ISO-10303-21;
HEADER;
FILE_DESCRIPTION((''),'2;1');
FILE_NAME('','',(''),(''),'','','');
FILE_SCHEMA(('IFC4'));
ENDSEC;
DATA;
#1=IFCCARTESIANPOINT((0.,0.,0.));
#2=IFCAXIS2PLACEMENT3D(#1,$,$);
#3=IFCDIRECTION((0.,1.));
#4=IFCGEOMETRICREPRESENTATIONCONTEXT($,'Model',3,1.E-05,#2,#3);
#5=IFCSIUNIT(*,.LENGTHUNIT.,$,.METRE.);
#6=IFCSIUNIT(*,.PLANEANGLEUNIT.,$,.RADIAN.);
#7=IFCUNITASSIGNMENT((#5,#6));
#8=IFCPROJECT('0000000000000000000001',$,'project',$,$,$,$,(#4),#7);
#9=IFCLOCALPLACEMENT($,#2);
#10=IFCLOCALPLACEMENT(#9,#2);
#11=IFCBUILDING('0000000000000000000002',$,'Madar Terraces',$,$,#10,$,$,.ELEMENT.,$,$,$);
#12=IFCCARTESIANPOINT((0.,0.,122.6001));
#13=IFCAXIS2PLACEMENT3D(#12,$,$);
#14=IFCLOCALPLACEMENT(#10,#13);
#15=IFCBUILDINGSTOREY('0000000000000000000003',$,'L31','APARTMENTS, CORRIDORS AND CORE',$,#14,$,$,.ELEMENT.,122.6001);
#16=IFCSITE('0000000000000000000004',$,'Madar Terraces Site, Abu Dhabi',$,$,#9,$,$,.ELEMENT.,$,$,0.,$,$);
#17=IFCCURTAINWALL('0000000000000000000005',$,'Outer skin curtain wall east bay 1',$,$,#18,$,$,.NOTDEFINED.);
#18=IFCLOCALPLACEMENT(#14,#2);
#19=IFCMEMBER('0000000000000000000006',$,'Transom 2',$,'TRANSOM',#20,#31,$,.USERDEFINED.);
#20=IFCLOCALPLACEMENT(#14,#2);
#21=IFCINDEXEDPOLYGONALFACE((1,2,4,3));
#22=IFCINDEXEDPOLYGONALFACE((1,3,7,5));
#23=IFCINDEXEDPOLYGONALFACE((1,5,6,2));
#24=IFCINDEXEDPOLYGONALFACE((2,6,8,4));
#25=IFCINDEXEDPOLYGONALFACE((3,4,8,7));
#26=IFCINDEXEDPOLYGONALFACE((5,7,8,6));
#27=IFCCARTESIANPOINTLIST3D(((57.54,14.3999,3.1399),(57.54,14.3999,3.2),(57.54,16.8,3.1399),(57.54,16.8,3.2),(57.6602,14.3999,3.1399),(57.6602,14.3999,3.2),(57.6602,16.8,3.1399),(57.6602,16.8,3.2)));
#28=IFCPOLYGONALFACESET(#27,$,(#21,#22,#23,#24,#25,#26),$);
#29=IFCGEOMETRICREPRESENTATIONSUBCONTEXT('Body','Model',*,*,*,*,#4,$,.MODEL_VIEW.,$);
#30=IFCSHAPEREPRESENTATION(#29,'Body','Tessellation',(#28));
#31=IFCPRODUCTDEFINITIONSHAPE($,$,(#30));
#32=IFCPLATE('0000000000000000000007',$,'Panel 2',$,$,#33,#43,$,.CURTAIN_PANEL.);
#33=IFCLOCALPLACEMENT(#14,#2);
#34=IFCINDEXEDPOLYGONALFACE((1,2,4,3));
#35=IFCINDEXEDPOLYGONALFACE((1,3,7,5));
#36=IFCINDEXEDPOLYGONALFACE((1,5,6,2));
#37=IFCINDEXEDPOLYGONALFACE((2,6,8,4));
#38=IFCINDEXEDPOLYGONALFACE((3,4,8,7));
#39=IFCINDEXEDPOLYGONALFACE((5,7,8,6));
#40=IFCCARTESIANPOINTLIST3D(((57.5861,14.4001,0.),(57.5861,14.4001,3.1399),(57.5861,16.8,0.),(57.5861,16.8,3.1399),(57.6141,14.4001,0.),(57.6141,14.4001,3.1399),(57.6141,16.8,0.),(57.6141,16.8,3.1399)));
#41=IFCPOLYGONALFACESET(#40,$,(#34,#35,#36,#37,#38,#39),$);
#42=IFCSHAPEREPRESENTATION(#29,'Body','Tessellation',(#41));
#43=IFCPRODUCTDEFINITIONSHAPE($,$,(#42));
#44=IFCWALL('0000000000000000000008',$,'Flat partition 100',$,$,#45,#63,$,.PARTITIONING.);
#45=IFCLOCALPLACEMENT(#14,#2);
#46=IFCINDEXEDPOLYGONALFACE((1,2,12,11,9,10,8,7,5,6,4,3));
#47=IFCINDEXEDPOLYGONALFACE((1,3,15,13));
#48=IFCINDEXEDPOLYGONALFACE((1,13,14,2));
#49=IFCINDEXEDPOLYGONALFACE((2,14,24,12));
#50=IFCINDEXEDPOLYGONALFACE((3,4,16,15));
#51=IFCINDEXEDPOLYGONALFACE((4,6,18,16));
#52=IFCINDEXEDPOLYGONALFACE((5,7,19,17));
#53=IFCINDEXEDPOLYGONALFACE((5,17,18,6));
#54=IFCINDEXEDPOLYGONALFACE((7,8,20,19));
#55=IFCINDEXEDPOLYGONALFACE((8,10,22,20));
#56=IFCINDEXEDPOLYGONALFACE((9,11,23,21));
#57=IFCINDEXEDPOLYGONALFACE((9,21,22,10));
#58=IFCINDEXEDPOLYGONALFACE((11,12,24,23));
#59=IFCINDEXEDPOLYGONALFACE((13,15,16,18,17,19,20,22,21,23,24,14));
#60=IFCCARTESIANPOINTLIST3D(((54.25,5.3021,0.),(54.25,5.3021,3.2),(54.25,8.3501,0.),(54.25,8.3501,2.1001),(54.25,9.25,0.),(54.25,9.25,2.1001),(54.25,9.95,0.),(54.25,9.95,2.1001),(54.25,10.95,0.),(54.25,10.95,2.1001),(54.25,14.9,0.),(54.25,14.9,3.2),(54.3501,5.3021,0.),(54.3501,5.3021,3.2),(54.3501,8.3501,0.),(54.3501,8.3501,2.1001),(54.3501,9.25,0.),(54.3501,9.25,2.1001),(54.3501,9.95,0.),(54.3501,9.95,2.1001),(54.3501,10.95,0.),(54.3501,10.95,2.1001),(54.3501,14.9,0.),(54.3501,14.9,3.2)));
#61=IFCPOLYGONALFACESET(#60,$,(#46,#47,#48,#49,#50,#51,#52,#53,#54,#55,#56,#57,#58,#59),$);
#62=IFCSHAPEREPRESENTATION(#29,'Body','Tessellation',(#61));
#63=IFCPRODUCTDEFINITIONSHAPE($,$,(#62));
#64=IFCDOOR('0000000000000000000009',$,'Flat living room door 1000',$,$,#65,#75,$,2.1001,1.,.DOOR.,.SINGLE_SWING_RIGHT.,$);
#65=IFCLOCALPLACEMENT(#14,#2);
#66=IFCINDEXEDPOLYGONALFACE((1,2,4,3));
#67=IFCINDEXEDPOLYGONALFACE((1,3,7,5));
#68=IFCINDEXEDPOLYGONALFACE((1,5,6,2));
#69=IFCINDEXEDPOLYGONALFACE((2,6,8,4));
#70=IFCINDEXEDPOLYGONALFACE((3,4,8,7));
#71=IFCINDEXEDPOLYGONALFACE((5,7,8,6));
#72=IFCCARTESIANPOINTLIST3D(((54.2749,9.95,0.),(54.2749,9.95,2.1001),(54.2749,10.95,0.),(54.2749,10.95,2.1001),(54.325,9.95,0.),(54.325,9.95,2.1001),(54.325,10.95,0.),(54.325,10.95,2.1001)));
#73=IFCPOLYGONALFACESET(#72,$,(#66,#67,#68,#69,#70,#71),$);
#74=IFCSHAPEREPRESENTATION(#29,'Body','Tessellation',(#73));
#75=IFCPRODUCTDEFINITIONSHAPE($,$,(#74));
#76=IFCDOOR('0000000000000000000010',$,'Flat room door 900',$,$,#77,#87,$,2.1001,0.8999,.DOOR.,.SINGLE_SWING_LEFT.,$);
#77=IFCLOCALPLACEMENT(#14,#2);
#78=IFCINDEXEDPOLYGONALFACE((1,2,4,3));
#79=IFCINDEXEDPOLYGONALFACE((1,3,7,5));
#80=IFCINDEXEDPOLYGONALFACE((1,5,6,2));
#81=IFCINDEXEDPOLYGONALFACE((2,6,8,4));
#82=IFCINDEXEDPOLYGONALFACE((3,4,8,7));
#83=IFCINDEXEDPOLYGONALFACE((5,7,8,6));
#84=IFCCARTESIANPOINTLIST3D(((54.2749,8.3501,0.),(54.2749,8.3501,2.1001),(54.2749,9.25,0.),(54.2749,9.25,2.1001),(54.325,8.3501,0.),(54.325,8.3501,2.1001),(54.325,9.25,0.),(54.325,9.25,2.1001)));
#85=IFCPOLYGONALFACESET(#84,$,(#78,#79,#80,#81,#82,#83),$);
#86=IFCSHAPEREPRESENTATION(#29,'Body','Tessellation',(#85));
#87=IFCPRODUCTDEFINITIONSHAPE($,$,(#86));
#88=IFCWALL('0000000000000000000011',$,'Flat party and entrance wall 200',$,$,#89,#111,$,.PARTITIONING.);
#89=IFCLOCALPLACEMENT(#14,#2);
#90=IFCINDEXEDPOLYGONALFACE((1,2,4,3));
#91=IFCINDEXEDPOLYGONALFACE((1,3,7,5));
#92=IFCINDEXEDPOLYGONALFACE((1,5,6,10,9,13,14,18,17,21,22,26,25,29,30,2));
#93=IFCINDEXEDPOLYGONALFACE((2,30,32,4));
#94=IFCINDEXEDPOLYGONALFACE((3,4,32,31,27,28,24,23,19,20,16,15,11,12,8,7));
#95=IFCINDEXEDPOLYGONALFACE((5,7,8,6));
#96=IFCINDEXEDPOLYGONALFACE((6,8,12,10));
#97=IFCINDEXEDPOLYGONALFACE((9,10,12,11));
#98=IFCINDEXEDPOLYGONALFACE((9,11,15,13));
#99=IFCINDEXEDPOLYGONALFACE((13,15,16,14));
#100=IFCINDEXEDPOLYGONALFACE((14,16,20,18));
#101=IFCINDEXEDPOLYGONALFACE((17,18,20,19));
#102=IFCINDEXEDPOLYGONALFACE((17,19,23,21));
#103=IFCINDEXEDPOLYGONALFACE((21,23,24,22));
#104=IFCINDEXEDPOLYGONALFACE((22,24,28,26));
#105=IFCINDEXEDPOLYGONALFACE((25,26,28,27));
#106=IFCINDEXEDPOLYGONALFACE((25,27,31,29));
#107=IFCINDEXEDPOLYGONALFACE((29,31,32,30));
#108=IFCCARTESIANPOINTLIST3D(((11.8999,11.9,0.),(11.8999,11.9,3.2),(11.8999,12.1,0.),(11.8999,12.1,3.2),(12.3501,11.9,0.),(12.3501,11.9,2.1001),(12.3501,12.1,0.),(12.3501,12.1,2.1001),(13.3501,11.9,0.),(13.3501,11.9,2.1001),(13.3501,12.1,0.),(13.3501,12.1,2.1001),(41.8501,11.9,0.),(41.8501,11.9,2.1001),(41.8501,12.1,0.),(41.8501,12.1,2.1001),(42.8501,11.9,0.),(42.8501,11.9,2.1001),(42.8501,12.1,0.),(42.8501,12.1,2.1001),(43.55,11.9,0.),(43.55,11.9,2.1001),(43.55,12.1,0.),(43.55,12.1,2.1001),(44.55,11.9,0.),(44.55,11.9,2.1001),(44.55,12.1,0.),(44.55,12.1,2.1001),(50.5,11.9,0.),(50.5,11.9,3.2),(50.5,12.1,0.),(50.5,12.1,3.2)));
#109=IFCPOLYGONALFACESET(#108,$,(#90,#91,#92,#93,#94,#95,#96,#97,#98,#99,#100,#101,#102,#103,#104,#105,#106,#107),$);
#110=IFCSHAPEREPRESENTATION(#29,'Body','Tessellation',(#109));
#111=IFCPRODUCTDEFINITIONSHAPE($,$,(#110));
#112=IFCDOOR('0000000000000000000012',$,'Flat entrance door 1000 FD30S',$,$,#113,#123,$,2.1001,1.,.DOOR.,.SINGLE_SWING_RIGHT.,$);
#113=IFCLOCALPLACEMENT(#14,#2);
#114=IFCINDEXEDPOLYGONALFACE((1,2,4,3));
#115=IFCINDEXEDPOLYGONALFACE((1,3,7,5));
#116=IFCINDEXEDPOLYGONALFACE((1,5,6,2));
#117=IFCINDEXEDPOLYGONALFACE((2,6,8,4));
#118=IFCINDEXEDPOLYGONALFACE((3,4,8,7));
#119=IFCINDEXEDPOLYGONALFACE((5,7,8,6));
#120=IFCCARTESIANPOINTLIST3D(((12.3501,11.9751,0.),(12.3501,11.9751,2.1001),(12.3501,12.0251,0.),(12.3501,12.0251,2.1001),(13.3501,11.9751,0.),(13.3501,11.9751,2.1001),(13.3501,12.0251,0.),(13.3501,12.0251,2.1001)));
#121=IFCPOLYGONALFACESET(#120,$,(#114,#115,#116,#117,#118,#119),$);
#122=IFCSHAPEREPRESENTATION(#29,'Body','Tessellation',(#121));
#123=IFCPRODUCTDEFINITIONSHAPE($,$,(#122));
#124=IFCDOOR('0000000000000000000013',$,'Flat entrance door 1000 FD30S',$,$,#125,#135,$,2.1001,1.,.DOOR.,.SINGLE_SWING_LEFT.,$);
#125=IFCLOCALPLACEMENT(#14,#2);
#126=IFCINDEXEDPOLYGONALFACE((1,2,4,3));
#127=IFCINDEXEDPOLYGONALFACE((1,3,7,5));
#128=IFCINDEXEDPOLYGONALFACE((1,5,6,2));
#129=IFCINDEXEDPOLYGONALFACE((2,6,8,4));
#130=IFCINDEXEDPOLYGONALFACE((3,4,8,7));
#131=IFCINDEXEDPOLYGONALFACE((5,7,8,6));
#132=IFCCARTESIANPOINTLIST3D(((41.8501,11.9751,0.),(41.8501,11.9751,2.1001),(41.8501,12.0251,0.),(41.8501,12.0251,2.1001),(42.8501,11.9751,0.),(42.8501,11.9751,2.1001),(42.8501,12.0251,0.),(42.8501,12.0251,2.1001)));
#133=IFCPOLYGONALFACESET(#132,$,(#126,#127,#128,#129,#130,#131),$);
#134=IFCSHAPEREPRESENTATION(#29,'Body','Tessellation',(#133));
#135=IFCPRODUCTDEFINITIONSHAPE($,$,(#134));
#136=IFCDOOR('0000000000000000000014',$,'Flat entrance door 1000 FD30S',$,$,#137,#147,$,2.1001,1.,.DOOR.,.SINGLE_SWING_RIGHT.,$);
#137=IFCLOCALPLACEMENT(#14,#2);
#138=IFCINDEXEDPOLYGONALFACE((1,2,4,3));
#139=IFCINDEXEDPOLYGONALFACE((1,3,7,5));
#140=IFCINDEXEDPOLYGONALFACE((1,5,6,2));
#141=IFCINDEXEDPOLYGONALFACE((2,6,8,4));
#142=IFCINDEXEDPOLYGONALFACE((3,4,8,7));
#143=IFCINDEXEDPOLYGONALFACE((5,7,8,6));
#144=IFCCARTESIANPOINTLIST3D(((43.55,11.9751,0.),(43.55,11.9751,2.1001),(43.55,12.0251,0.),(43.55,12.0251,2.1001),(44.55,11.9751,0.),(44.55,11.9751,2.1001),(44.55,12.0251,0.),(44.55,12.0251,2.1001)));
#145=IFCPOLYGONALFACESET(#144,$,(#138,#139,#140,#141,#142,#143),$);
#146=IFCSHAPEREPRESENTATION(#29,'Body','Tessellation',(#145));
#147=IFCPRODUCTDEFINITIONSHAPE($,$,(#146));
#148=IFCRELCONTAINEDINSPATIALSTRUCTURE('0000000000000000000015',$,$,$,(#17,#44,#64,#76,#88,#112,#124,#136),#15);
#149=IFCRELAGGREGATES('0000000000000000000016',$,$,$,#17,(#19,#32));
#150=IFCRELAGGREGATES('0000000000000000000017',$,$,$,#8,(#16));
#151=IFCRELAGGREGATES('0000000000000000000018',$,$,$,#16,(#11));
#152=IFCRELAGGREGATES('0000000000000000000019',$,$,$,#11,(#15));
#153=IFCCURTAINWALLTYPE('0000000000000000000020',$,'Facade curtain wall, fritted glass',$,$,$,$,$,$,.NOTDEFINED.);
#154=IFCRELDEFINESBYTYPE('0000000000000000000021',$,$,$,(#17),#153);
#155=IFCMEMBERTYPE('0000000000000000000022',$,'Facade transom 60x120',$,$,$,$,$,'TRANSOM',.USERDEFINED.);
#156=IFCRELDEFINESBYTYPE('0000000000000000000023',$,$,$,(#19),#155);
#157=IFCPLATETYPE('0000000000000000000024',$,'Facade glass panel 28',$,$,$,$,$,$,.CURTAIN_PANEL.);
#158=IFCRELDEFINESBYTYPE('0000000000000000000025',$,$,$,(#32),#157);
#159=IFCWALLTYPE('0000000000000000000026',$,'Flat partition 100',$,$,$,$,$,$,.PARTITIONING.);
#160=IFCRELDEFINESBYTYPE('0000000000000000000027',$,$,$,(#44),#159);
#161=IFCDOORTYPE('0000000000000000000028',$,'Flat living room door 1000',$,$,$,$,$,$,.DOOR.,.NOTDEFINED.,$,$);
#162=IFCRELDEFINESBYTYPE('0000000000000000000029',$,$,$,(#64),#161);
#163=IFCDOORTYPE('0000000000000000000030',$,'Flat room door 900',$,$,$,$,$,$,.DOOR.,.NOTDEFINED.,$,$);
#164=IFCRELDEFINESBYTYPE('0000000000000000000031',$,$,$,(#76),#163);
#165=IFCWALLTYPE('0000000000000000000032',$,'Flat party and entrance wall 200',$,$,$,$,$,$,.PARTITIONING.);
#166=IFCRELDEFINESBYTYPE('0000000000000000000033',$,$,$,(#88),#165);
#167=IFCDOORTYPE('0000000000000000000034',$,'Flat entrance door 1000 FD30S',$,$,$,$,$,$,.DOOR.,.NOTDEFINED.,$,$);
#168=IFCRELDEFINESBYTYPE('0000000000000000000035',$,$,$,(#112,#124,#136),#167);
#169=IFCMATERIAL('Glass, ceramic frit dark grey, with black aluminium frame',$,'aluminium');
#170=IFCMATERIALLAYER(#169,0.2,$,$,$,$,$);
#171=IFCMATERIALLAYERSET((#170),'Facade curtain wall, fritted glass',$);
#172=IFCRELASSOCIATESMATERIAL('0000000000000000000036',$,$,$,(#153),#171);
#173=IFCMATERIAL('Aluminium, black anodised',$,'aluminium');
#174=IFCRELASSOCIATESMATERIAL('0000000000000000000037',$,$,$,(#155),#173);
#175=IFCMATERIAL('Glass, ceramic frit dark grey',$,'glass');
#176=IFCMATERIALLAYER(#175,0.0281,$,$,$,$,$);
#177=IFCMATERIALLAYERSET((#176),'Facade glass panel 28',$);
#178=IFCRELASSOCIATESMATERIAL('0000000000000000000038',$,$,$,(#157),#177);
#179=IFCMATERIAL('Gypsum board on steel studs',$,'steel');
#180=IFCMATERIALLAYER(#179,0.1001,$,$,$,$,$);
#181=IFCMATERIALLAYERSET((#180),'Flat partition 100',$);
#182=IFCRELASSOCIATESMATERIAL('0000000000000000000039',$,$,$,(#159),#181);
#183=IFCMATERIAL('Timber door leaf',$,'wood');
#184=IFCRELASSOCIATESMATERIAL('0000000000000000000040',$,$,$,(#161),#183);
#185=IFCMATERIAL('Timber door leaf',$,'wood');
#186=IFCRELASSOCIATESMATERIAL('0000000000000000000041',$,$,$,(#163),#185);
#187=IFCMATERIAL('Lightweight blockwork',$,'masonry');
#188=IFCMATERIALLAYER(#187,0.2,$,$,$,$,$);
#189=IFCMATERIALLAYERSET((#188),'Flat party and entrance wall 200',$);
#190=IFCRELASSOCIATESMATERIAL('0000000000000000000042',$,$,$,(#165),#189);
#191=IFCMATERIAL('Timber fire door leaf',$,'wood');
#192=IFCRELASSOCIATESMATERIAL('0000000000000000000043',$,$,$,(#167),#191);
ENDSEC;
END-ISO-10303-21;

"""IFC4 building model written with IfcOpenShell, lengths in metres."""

from ifc_helpers import new_model, si_unit, direction, frame, frame_2d, origin, origin_2d, place, context, subcontext, project, spatial, rectangle, extrude, material, layer, layer_set, material_profile, profile_set, type_object, element, fill, aggregate, save


model = new_model("IFC4")

# Units and contexts
model_context = context("Model", 3, precision=1e-05, world=origin(), true_north=direction((0.0, 1.0)))
body_context = subcontext(model_context, "Body", "Model", "MODEL_VIEW")
ifc_project = project(units=[si_unit("LENGTHUNIT", "METRE"), si_unit("PLANEANGLEUNIT", "RADIAN")], contexts=[model_context])

# Site, building, storey
site_placement = place(None, origin())
site = spatial("IfcSite", under=ifc_project, at=site_placement, Name="Madar Terraces Site, Abu Dhabi", CompositionType="ELEMENT", RefElevation=0.0)
building_placement = place(site_placement, origin())
building = spatial("IfcBuilding", under=site, at=building_placement, Name="Madar Terraces", CompositionType="ELEMENT")
storey_placement = place(building_placement, frame((0.0, 0.0, 122.6001)))
storey = spatial("IfcBuildingStorey", under=building, at=storey_placement, Name="L31", Description="APARTMENTS, CORRIDORS AND CORE", CompositionType="ELEMENT", Elevation=122.6001)

# Curtain wall, member, plate
ifc_material_1 = material(Name="Glass, ceramic frit dark grey, with black aluminium frame", Category="aluminium")
ifc_layer_1 = layer(ifc_material_1, 0.2)
ifc_layer_set_1 = layer_set([ifc_layer_1], Name="Facade curtain wall, fritted glass")
curtain_wall_type = type_object("IfcCurtainWallType", Name="Facade curtain wall, fritted glass", PredefinedType="NOTDEFINED", material=ifc_layer_set_1)
curtain_wall_placement = place(storey_placement, origin())
curtain_wall = element("IfcCurtainWall", 1, at=curtain_wall_placement, inside=storey, type_object=curtain_wall_type, Name="Outer skin curtain wall east bay 1", PredefinedType="NOTDEFINED")
ifc_material_2 = material(Name="Aluminium, black anodised", Category="aluminium")
ifc_material_profile = material_profile(ifc_material_2, rectangle(XDim=0.1201, YDim=0.0601, at=origin_2d()), Name="Facade transom 60x120")
ifc_profile_set = profile_set([ifc_material_profile], Name="Aluminium, black anodised")
member_type = type_object("IfcMemberType", Name="Facade transom 60x120", ElementType="TRANSOM", PredefinedType="USERDEFINED", material=ifc_profile_set)
member_placement = place(storey_placement, frame((57.6001, 14.3999, 3.1699), z_axis=(0.0, 1.0, 0.0), x_axis=(-1.0, 0.0, 0.0)))
member = element("IfcMember", 2, at=member_placement, type_object=member_type, Name="Transom 2", ObjectType="TRANSOM", PredefinedType="USERDEFINED", context=body_context, shape_type="SweptSolid", body=[
    extrude(rectangle(XDim=0.1201, YDim=0.0601, at=origin_2d()), origin(), (0.0, 0.0, 1.0), 2.4001),
])
ifc_material_3 = material(Name="Glass, ceramic frit dark grey", Category="glass")
ifc_layer_2 = layer(ifc_material_3, 0.0281)
ifc_layer_set_2 = layer_set([ifc_layer_2], Name="Facade glass panel 28")
plate_type = type_object("IfcPlateType", Name="Facade glass panel 28", PredefinedType="CURTAIN_PANEL", material=ifc_layer_set_2)
plate_placement = place(storey_placement, frame((57.6001, 15.6001, 0.0), z_axis=(0.0, 0.0, 1.0), x_axis=(0.0, 1.0, 0.0)))
plate = element("IfcPlate", 3, at=plate_placement, type_object=plate_type, Name="Panel 2", PredefinedType="CURTAIN_PANEL", context=body_context, shape_type="SweptSolid", body=[
    extrude(rectangle(XDim=2.3999, YDim=0.0281, at=origin_2d()), origin(), (0.0, 0.0, 1.0), 3.1399),
])
aggregate(curtain_wall, [member, plate])

# Walls, openings, doors
ifc_material_4 = material(Name="Gypsum board on steel studs", Category="steel")
ifc_layer_3 = layer(ifc_material_4, 0.1001)
ifc_layer_set_3 = layer_set([ifc_layer_3], Name="Flat partition 100")
wall_type_1 = type_object("IfcWallType", Name="Flat partition 100", PredefinedType="PARTITIONING", material=ifc_layer_set_3)
wall_1_placement = place(storey_placement, frame((54.3, 14.8999, 0.0), z_axis=(0.0, 0.0, 1.0), x_axis=(0.0, -1.0, 0.0)))
wall_1 = element("IfcWall", 4, at=wall_1_placement, inside=storey, type_object=wall_type_1, Name="Flat partition 100", PredefinedType="PARTITIONING", context=body_context, shape_type="SweptSolid", body=[
    extrude(rectangle(XDim=9.5979, YDim=0.1001, at=frame_2d((4.7988, 0.0))), origin(), (0.0, 0.0, 1.0), 3.2),
])
opening_1_placement = place(wall_1_placement, frame((3.95, 0.0, 0.0)))
opening_1 = element("IfcOpeningElement", 5, at=opening_1_placement, cuts=wall_1, PredefinedType="OPENING", context=body_context, shape_type="SweptSolid", body=[
    extrude(rectangle(XDim=1.0, YDim=2.1001, at=frame_2d((0.5, 1.05))), frame((0.0, 0.0601, 0.0), z_axis=(0.0, -1.0, 0.0), x_axis=(1.0, 0.0, 0.0)), (0.0, 0.0, 1.0), 0.1201),
])
opening_2_placement = place(wall_1_placement, frame((5.6499, 0.0, 0.0)))
opening_2 = element("IfcOpeningElement", 6, at=opening_2_placement, cuts=wall_1, PredefinedType="OPENING", context=body_context, shape_type="SweptSolid", body=[
    extrude(rectangle(XDim=0.8999, YDim=2.1001, at=frame_2d((0.45, 1.05))), frame((0.0, 0.0601, 0.0), z_axis=(0.0, -1.0, 0.0), x_axis=(1.0, 0.0, 0.0)), (0.0, 0.0, 1.0), 0.1201),
])
ifc_material_5 = material(Name="Timber door leaf", Category="wood")
door_type_1 = type_object("IfcDoorType", Name="Flat living room door 1000", OperationType="NOTDEFINED", PredefinedType="DOOR", material=ifc_material_5)
door_1_placement = place(opening_1_placement, origin())
door_1 = element("IfcDoor", 7, at=door_1_placement, inside=storey, type_object=door_type_1, Name="Flat living room door 1000", OperationType="SINGLE_SWING_RIGHT", OverallHeight=2.1001, OverallWidth=1.0, PredefinedType="DOOR", context=body_context, shape_type="SweptSolid", body=[
    extrude(rectangle(XDim=1.0, YDim=2.1001, at=frame_2d((0.5, 1.05))), frame((0.0, 0.0249, 0.0), z_axis=(0.0, -1.0, 0.0), x_axis=(1.0, 0.0, 0.0)), (0.0, 0.0, 1.0), 0.05),
])
fill(opening_1, door_1)
ifc_material_6 = material(Name="Timber door leaf", Category="wood")
door_type_2 = type_object("IfcDoorType", Name="Flat room door 900", OperationType="NOTDEFINED", PredefinedType="DOOR", material=ifc_material_6)
door_2_placement = place(opening_2_placement, origin())
door_2 = element("IfcDoor", 8, at=door_2_placement, inside=storey, type_object=door_type_2, Name="Flat room door 900", OperationType="SINGLE_SWING_LEFT", OverallHeight=2.1001, OverallWidth=0.8999, PredefinedType="DOOR", context=body_context, shape_type="SweptSolid", body=[
    extrude(rectangle(XDim=0.8999, YDim=2.1001, at=frame_2d((0.45, 1.05))), frame((0.0, 0.0249, 0.0), z_axis=(0.0, -1.0, 0.0), x_axis=(1.0, 0.0, 0.0)), (0.0, 0.0, 1.0), 0.05),
])
fill(opening_2, door_2)
ifc_material_7 = material(Name="Lightweight blockwork", Category="masonry")
ifc_layer_4 = layer(ifc_material_7, 0.2)
ifc_layer_set_4 = layer_set([ifc_layer_4], Name="Flat party and entrance wall 200")
wall_type_2 = type_object("IfcWallType", Name="Flat party and entrance wall 200", PredefinedType="PARTITIONING", material=ifc_layer_set_4)
wall_2_placement = place(storey_placement, frame((50.5, 12.0, 0.0), z_axis=(0.0, 0.0, 1.0), x_axis=(-1.0, 0.0, 0.0)))
wall_2 = element("IfcWall", 9, at=wall_2_placement, inside=storey, type_object=wall_type_2, Name="Flat party and entrance wall 200", PredefinedType="PARTITIONING", context=body_context, shape_type="SweptSolid", body=[
    extrude(rectangle(XDim=38.6001, YDim=0.2, at=frame_2d((19.3, 0.0))), origin(), (0.0, 0.0, 1.0), 3.2),
])
opening_3_placement = place(wall_2_placement, frame((37.1499, 0.0, 0.0)))
opening_3 = element("IfcOpeningElement", 10, at=opening_3_placement, cuts=wall_2, PredefinedType="OPENING", context=body_context, shape_type="SweptSolid", body=[
    extrude(rectangle(XDim=1.0, YDim=2.1001, at=frame_2d((0.5, 1.05))), frame((0.0, 0.1099, 0.0), z_axis=(0.0, -1.0, 0.0), x_axis=(1.0, 0.0, 0.0)), (0.0, 0.0, 1.0), 0.22),
])
opening_4_placement = place(wall_2_placement, frame((7.6499, 0.0, 0.0)))
opening_4 = element("IfcOpeningElement", 11, at=opening_4_placement, cuts=wall_2, PredefinedType="OPENING", context=body_context, shape_type="SweptSolid", body=[
    extrude(rectangle(XDim=1.0, YDim=2.1001, at=frame_2d((0.5, 1.05))), frame((0.0, 0.1099, 0.0), z_axis=(0.0, -1.0, 0.0), x_axis=(1.0, 0.0, 0.0)), (0.0, 0.0, 1.0), 0.22),
])
opening_5_placement = place(wall_2_placement, frame((5.95, 0.0, 0.0)))
opening_5 = element("IfcOpeningElement", 12, at=opening_5_placement, cuts=wall_2, PredefinedType="OPENING", context=body_context, shape_type="SweptSolid", body=[
    extrude(rectangle(XDim=1.0, YDim=2.1001, at=frame_2d((0.5, 1.05))), frame((0.0, 0.1099, 0.0), z_axis=(0.0, -1.0, 0.0), x_axis=(1.0, 0.0, 0.0)), (0.0, 0.0, 1.0), 0.22),
])
ifc_material_8 = material(Name="Timber fire door leaf", Category="wood")
door_type_3 = type_object("IfcDoorType", Name="Flat entrance door 1000 FD30S", OperationType="NOTDEFINED", PredefinedType="DOOR", material=ifc_material_8)
door_3_placement = place(opening_3_placement, origin())
door_3 = element("IfcDoor", 13, at=door_3_placement, inside=storey, type_object=door_type_3, Name="Flat entrance door 1000 FD30S", OperationType="SINGLE_SWING_RIGHT", OverallHeight=2.1001, OverallWidth=1.0, PredefinedType="DOOR", context=body_context, shape_type="SweptSolid", body=[
    extrude(rectangle(XDim=1.0, YDim=2.1001, at=frame_2d((0.5, 1.05))), frame((0.0, 0.0249, 0.0), z_axis=(0.0, -1.0, 0.0), x_axis=(1.0, 0.0, 0.0)), (0.0, 0.0, 1.0), 0.05),
])
fill(opening_3, door_3)
door_4_placement = place(opening_4_placement, origin())
door_4 = element("IfcDoor", 14, at=door_4_placement, inside=storey, type_object=door_type_3, Name="Flat entrance door 1000 FD30S", OperationType="SINGLE_SWING_LEFT", OverallHeight=2.1001, OverallWidth=1.0, PredefinedType="DOOR", context=body_context, shape_type="SweptSolid", body=[
    extrude(rectangle(XDim=1.0, YDim=2.1001, at=frame_2d((0.5, 1.05))), frame((0.0, 0.0249, 0.0), z_axis=(0.0, -1.0, 0.0), x_axis=(1.0, 0.0, 0.0)), (0.0, 0.0, 1.0), 0.05),
])
fill(opening_4, door_4)
door_5_placement = place(opening_5_placement, origin())
door_5 = element("IfcDoor", 15, at=door_5_placement, inside=storey, type_object=door_type_3, Name="Flat entrance door 1000 FD30S", OperationType="SINGLE_SWING_RIGHT", OverallHeight=2.1001, OverallWidth=1.0, PredefinedType="DOOR", context=body_context, shape_type="SweptSolid", body=[
    extrude(rectangle(XDim=1.0, YDim=2.1001, at=frame_2d((0.5, 1.05))), frame((0.0, 0.0249, 0.0), z_axis=(0.0, -1.0, 0.0), x_axis=(1.0, 0.0, 0.0)), (0.0, 0.0, 1.0), 0.05),
])
fill(opening_5, door_5)

save(model, "model.ifc")
